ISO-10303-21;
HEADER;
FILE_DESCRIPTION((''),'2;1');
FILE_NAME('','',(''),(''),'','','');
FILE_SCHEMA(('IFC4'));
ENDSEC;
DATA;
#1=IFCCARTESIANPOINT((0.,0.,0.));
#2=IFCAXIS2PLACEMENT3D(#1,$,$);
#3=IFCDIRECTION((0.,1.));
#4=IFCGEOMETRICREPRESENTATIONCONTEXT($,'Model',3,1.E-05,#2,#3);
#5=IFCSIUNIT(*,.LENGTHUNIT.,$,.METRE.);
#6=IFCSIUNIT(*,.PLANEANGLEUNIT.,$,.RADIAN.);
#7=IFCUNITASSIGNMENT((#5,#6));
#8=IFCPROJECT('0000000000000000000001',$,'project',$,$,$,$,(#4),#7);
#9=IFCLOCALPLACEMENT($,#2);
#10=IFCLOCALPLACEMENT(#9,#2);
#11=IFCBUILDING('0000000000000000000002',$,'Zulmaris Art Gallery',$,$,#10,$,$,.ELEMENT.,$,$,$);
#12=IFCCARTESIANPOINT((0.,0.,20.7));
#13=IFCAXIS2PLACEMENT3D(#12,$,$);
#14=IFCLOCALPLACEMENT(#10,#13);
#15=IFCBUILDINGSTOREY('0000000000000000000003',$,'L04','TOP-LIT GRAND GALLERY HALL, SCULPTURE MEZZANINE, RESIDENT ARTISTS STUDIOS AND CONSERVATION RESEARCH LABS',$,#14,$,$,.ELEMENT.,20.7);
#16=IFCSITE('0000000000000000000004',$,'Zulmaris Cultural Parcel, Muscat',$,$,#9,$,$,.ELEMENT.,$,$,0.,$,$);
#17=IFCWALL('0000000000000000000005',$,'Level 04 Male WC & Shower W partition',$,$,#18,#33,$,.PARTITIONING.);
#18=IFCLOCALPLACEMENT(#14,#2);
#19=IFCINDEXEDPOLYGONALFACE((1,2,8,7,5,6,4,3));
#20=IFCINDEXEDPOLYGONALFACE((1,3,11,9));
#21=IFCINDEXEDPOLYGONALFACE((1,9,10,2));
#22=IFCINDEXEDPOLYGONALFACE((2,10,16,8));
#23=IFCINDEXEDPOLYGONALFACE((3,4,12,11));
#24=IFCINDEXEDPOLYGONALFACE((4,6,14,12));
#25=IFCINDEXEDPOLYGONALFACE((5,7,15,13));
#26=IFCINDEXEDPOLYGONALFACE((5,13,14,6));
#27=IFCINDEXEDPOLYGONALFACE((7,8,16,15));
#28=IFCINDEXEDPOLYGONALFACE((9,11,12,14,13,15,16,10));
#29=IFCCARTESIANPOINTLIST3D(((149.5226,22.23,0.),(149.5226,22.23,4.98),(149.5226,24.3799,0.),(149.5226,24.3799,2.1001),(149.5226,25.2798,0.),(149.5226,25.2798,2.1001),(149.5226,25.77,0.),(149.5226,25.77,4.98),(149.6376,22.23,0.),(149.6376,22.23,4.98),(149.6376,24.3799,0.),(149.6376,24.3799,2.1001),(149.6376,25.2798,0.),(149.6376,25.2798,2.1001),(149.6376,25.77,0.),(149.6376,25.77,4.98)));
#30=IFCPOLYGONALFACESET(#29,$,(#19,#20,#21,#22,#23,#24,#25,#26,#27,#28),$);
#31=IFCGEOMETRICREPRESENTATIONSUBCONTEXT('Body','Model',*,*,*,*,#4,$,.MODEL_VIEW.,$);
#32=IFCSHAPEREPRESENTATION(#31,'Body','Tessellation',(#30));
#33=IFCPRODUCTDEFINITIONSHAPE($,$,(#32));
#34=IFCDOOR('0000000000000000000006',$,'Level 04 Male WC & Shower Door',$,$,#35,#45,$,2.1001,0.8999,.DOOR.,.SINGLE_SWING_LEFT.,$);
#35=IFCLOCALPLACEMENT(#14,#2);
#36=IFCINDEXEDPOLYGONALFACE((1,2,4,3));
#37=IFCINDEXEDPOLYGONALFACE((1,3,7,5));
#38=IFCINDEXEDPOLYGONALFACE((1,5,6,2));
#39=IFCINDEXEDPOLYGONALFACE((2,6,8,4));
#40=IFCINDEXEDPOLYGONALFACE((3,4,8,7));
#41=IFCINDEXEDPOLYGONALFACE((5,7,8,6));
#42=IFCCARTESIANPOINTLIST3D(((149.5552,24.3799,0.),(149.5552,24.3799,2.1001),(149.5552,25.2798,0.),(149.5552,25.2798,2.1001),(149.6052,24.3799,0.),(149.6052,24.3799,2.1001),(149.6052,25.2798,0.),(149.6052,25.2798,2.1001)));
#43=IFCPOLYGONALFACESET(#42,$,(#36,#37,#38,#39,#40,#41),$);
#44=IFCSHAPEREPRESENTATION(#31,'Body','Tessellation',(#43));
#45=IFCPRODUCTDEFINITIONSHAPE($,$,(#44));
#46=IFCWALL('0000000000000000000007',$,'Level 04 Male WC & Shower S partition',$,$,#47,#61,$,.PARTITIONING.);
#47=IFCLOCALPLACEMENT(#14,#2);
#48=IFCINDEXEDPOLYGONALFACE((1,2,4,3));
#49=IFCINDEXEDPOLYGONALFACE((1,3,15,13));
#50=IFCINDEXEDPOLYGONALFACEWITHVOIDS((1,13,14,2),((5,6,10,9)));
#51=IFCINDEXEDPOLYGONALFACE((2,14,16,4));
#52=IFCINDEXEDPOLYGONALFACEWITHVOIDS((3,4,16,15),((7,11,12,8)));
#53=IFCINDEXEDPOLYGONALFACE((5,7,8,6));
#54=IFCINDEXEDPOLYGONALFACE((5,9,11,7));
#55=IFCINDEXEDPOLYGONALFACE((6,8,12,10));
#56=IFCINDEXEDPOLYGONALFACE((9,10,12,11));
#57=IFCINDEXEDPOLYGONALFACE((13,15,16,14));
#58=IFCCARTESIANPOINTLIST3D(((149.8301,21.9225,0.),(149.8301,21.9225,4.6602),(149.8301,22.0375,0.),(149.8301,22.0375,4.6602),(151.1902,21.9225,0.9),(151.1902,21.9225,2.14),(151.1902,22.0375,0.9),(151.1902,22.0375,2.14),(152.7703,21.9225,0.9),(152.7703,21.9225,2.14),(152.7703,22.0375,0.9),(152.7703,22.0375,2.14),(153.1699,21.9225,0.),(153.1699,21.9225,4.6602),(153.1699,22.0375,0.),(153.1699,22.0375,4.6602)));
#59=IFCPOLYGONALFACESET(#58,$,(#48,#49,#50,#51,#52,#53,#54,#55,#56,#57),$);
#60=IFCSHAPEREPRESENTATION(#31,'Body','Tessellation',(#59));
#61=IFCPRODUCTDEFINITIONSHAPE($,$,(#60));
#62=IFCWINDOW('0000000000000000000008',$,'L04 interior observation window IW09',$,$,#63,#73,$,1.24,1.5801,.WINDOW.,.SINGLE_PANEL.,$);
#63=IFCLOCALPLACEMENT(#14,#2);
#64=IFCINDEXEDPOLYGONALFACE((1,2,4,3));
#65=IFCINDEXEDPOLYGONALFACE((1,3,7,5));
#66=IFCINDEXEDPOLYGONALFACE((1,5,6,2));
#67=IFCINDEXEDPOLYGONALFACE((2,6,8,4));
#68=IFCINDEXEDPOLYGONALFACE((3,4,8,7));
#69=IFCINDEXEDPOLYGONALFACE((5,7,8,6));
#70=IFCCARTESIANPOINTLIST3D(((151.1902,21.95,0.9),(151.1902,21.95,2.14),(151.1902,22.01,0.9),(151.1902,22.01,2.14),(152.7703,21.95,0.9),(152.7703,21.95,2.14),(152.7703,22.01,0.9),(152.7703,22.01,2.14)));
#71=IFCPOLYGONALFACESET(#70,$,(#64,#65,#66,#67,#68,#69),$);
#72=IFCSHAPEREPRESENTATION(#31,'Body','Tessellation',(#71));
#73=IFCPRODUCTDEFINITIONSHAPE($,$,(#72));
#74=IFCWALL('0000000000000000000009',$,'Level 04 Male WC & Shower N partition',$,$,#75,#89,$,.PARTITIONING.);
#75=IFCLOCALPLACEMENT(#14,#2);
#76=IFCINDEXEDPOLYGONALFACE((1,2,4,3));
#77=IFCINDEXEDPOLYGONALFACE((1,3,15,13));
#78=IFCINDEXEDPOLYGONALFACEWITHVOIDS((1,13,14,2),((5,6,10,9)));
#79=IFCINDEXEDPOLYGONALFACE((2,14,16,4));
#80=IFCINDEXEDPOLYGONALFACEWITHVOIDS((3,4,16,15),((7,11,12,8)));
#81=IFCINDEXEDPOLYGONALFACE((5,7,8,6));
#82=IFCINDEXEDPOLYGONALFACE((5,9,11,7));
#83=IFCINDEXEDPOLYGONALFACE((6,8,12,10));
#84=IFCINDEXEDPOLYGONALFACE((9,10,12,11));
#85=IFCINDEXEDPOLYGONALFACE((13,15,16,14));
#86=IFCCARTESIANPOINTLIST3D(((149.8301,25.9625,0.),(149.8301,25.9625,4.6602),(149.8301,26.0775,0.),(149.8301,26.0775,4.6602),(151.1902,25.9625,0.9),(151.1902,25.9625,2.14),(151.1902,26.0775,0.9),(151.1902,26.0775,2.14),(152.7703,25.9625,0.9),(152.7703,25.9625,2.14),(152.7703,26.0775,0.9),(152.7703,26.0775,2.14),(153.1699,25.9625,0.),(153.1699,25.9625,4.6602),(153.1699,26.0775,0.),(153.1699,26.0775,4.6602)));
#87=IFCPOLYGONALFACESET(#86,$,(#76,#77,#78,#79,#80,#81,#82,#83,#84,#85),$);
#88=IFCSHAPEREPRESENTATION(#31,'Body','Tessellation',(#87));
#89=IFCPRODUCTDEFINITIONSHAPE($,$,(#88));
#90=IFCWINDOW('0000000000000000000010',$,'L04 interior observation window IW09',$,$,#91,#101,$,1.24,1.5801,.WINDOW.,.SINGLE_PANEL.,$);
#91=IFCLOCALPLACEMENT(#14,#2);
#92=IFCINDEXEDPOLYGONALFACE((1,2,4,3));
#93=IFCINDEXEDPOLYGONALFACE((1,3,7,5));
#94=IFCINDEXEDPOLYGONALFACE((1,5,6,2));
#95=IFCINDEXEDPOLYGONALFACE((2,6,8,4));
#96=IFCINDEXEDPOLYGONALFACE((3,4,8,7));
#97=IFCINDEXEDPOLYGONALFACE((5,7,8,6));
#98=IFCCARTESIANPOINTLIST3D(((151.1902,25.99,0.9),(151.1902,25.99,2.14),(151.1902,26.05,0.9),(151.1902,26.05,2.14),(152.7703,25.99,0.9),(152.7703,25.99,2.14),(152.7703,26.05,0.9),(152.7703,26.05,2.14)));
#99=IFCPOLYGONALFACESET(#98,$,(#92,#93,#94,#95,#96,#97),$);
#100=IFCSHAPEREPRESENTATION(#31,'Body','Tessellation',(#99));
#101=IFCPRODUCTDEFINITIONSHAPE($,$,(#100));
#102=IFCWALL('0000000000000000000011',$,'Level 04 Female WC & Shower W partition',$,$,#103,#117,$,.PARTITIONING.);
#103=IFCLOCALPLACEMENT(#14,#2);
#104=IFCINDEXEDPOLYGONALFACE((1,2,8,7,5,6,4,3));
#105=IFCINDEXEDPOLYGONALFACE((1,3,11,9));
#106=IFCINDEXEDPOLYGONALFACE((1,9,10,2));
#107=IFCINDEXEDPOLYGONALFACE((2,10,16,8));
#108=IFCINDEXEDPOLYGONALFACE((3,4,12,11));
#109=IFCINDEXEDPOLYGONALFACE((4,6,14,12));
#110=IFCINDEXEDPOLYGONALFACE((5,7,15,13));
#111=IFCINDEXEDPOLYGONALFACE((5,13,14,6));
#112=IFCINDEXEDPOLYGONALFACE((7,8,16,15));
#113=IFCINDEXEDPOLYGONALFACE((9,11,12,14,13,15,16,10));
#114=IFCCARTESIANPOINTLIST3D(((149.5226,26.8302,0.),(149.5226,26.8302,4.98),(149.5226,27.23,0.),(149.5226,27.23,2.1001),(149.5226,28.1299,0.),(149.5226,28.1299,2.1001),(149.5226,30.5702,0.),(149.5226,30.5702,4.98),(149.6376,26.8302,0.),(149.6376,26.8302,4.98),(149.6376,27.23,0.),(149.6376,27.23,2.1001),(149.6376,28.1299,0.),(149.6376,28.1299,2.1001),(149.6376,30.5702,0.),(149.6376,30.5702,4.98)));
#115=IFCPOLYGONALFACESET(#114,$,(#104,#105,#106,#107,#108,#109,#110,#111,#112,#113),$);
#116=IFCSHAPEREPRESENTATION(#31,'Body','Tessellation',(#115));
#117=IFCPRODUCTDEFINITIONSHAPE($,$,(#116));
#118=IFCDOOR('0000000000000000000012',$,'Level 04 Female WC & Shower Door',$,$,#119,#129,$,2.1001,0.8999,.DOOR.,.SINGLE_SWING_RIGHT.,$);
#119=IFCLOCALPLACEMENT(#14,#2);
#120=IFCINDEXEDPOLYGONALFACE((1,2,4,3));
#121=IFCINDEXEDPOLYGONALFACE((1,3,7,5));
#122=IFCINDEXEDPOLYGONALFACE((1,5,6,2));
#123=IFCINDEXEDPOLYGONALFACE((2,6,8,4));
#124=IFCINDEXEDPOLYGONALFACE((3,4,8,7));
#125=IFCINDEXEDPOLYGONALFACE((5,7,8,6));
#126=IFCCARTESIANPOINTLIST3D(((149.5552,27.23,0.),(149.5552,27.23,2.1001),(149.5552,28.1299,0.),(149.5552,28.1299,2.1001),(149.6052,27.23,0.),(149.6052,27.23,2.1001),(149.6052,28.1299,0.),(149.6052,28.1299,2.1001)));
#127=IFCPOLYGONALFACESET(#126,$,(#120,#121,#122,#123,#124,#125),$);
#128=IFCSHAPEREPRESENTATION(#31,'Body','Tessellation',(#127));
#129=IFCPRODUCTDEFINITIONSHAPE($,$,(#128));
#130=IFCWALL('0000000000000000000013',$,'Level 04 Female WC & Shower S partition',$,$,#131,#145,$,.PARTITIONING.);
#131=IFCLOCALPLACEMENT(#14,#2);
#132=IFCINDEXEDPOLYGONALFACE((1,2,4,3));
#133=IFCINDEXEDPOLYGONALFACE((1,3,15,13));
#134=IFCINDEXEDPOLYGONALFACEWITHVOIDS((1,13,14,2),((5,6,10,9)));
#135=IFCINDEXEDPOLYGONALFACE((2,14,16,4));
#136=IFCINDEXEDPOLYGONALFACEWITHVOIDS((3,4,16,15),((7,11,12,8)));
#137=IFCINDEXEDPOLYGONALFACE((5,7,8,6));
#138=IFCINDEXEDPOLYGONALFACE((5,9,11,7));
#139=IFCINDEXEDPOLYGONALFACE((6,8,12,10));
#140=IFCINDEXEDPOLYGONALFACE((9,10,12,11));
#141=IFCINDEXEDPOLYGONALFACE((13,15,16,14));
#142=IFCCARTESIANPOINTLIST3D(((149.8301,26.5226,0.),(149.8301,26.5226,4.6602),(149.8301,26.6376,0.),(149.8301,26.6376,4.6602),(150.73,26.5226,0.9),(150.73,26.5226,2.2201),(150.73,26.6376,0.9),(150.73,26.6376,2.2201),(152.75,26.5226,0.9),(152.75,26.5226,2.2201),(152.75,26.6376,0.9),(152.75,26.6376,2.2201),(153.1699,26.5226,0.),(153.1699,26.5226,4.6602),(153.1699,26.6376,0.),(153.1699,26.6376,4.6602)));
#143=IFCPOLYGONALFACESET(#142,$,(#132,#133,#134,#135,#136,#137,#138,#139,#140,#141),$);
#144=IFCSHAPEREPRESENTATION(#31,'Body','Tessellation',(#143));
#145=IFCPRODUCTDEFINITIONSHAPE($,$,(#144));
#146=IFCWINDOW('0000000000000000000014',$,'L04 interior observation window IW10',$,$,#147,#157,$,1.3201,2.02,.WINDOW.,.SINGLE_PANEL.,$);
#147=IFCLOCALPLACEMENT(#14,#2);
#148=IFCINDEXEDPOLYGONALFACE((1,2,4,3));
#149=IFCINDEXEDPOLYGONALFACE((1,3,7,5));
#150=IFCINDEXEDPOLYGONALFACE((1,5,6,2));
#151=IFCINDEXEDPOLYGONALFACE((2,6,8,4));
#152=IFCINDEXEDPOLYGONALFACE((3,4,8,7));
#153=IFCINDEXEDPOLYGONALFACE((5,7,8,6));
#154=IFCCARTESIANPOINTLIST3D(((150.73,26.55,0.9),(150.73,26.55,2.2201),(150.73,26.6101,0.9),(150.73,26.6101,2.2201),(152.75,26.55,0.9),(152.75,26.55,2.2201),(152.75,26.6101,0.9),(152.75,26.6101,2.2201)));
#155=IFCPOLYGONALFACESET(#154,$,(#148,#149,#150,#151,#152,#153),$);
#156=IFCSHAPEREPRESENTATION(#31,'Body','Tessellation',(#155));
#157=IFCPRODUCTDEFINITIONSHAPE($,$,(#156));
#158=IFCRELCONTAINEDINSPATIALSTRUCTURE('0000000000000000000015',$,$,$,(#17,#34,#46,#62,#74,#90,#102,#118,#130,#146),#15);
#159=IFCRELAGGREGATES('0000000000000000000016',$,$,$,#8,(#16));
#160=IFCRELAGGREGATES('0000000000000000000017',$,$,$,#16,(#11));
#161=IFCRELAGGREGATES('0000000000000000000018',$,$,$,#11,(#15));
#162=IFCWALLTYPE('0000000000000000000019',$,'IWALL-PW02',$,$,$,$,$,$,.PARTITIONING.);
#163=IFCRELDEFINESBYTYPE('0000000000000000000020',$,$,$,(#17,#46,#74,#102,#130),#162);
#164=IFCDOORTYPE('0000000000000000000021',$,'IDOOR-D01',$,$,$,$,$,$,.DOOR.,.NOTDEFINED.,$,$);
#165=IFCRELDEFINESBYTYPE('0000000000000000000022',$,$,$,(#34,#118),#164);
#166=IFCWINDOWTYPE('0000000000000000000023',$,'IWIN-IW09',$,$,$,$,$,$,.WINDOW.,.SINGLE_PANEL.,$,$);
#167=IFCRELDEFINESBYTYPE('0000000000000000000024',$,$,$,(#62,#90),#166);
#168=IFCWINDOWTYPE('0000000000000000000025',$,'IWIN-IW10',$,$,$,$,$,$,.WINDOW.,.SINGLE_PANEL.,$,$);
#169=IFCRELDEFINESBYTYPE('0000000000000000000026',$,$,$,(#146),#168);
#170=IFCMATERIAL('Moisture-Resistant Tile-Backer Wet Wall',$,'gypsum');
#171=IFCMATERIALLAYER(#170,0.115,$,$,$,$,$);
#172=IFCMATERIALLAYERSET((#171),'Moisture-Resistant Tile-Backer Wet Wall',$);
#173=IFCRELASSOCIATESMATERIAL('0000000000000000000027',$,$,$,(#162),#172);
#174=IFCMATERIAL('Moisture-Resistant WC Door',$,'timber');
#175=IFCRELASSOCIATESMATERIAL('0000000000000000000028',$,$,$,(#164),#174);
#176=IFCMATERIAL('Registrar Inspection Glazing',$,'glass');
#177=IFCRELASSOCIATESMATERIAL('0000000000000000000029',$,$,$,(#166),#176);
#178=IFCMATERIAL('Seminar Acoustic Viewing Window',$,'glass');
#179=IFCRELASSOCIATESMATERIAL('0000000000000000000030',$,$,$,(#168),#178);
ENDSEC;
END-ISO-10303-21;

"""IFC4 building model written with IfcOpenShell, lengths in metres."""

from ifc_helpers import new_model, si_unit, direction, frame, frame_2d, origin, place, context, subcontext, project, spatial, rectangle, extrude, material, layer, layer_set, type_object, element, fill, save


model = new_model("IFC4")

# Units and contexts
model_context = context("Model", 3, precision=1e-05, world=origin(), true_north=direction((0.0, 1.0)))
body_context = subcontext(model_context, "Body", "Model", "MODEL_VIEW")
ifc_project = project(units=[si_unit("LENGTHUNIT", "METRE"), si_unit("PLANEANGLEUNIT", "RADIAN")], contexts=[model_context])

# Site, building, storey
site_placement = place(None, origin())
site = spatial("IfcSite", under=ifc_project, at=site_placement, Name="Zulmaris Cultural Parcel, Muscat", CompositionType="ELEMENT", RefElevation=0.0)
building_placement = place(site_placement, origin())
building = spatial("IfcBuilding", under=site, at=building_placement, Name="Zulmaris Art Gallery", CompositionType="ELEMENT")
storey_placement = place(building_placement, frame((0.0, 0.0, 20.7)))
storey = spatial("IfcBuildingStorey", under=building, at=storey_placement, Name="L04", Description="TOP-LIT GRAND GALLERY HALL, SCULPTURE MEZZANINE, RESIDENT ARTISTS STUDIOS AND CONSERVATION RESEARCH LABS", CompositionType="ELEMENT", Elevation=20.7)

# Wall, opening, door
ifc_material_1 = material(Name="Moisture-Resistant Tile-Backer Wet Wall", Category="gypsum")
ifc_layer = layer(ifc_material_1, 0.115)
ifc_layer_set = layer_set([ifc_layer], Name="Moisture-Resistant Tile-Backer Wet Wall")
wall_type = type_object("IfcWallType", Name="IWALL-PW02", PredefinedType="PARTITIONING", material=ifc_layer_set)
wall_1_placement = place(storey_placement, frame((149.5801, 22.23, 0.0), z_axis=(0.0, 0.0, 1.0), x_axis=(0.0, 1.0, 0.0)))
wall_1 = element("IfcWall", 1, at=wall_1_placement, inside=storey, type_object=wall_type, Name="Level 04 Male WC & Shower W partition", PredefinedType="PARTITIONING", context=body_context, shape_type="SweptSolid", body=[
    extrude(rectangle(XDim=3.54, YDim=0.115, at=frame_2d((1.77, 0.0))), origin(), (0.0, 0.0, 1.0), 4.98),
])
opening_1_placement = place(wall_1_placement, frame((2.1499, 0.0, 0.0)))
opening_1 = element("IfcOpeningElement", 2, at=opening_1_placement, cuts=wall_1, PredefinedType="OPENING", context=body_context, shape_type="SweptSolid", body=[
    extrude(rectangle(XDim=0.8999, YDim=2.1001, at=frame_2d((0.45, 1.05))), frame((0.0, 0.0674, 0.0), z_axis=(0.0, -1.0, 0.0), x_axis=(1.0, 0.0, 0.0)), (0.0, 0.0, 1.0), 0.135),
])
ifc_material_2 = material(Name="Moisture-Resistant WC Door", Category="timber")
door_type = type_object("IfcDoorType", Name="IDOOR-D01", OperationType="NOTDEFINED", PredefinedType="DOOR", material=ifc_material_2)
door_1_placement = place(opening_1_placement, origin())
door_1 = element("IfcDoor", 3, at=door_1_placement, inside=storey, type_object=door_type, Name="Level 04 Male WC & Shower Door", OperationType="SINGLE_SWING_LEFT", OverallHeight=2.1001, OverallWidth=0.8999, PredefinedType="DOOR", context=body_context, shape_type="SweptSolid", body=[
    extrude(rectangle(XDim=0.8999, YDim=2.1001, at=frame_2d((0.45, 1.05))), frame((0.0, 0.0249, 0.0), z_axis=(0.0, -1.0, 0.0), x_axis=(1.0, 0.0, 0.0)), (0.0, 0.0, 1.0), 0.05),
])
fill(opening_1, door_1)

# Walls, openings, windows
wall_2_placement = place(storey_placement, frame((149.8301, 21.98, 0.0), z_axis=(0.0, 0.0, 1.0), x_axis=(1.0, 0.0, 0.0)))
wall_2 = element("IfcWall", 4, at=wall_2_placement, inside=storey, type_object=wall_type, Name="Level 04 Male WC & Shower S partition", PredefinedType="PARTITIONING", context=body_context, shape_type="SweptSolid", body=[
    extrude(rectangle(XDim=3.3398, YDim=0.115, at=frame_2d((1.6699, 0.0))), origin(), (0.0, 0.0, 1.0), 4.6602),
])
opening_2_placement = place(wall_2_placement, frame((1.3601, 0.0, 0.8999)))
opening_2 = element("IfcOpeningElement", 5, at=opening_2_placement, cuts=wall_2, PredefinedType="OPENING", context=body_context, shape_type="SweptSolid", body=[
    extrude(rectangle(XDim=1.5801, YDim=1.24, at=frame_2d((0.79, 0.6201))), frame((0.0, 0.0674, 0.0), z_axis=(0.0, -1.0, 0.0), x_axis=(1.0, 0.0, 0.0)), (0.0, 0.0, 1.0), 0.135),
])
ifc_material_3 = material(Name="Registrar Inspection Glazing", Category="glass")
window_type_1 = type_object("IfcWindowType", Name="IWIN-IW09", PartitioningType="SINGLE_PANEL", PredefinedType="WINDOW", material=ifc_material_3)
window_1_placement = place(opening_2_placement, origin())
window_1 = element("IfcWindow", 6, at=window_1_placement, inside=storey, type_object=window_type_1, Name="L04 interior observation window IW09", OverallHeight=1.24, OverallWidth=1.5801, PartitioningType="SINGLE_PANEL", PredefinedType="WINDOW", context=body_context, shape_type="SweptSolid", body=[
    extrude(rectangle(XDim=1.5801, YDim=1.24, at=frame_2d((0.79, 0.6201))), frame((0.0, 0.03, 0.0), z_axis=(0.0, -1.0, 0.0), x_axis=(1.0, 0.0, 0.0)), (0.0, 0.0, 1.0), 0.0601),
])
fill(opening_2, window_1)
wall_3_placement = place(storey_placement, frame((149.8301, 26.02, 0.0), z_axis=(0.0, 0.0, 1.0), x_axis=(1.0, 0.0, 0.0)))
wall_3 = element("IfcWall", 7, at=wall_3_placement, inside=storey, type_object=wall_type, Name="Level 04 Male WC & Shower N partition", PredefinedType="PARTITIONING", context=body_context, shape_type="SweptSolid", body=[
    extrude(rectangle(XDim=3.3398, YDim=0.115, at=frame_2d((1.6699, 0.0))), origin(), (0.0, 0.0, 1.0), 4.6602),
])
opening_3_placement = place(wall_3_placement, frame((1.3601, 0.0, 0.8999)))
opening_3 = element("IfcOpeningElement", 8, at=opening_3_placement, cuts=wall_3, PredefinedType="OPENING", context=body_context, shape_type="SweptSolid", body=[
    extrude(rectangle(XDim=1.5801, YDim=1.24, at=frame_2d((0.79, 0.6201))), frame((0.0, 0.0674, 0.0), z_axis=(0.0, -1.0, 0.0), x_axis=(1.0, 0.0, 0.0)), (0.0, 0.0, 1.0), 0.135),
])
window_2_placement = place(opening_3_placement, origin())
window_2 = element("IfcWindow", 9, at=window_2_placement, inside=storey, type_object=window_type_1, Name="L04 interior observation window IW09", OverallHeight=1.24, OverallWidth=1.5801, PartitioningType="SINGLE_PANEL", PredefinedType="WINDOW", context=body_context, shape_type="SweptSolid", body=[
    extrude(rectangle(XDim=1.5801, YDim=1.24, at=frame_2d((0.79, 0.6201))), frame((0.0, 0.03, 0.0), z_axis=(0.0, -1.0, 0.0), x_axis=(1.0, 0.0, 0.0)), (0.0, 0.0, 1.0), 0.0601),
])
fill(opening_3, window_2)

# Wall, opening, door
wall_4_placement = place(storey_placement, frame((149.5801, 26.8301, 0.0), z_axis=(0.0, 0.0, 1.0), x_axis=(0.0, 1.0, 0.0)))
wall_4 = element("IfcWall", 10, at=wall_4_placement, inside=storey, type_object=wall_type, Name="Level 04 Female WC & Shower W partition", PredefinedType="PARTITIONING", context=body_context, shape_type="SweptSolid", body=[
    extrude(rectangle(XDim=3.74, YDim=0.115, at=frame_2d((1.8701, 0.0))), origin(), (0.0, 0.0, 1.0), 4.98),
])
opening_4_placement = place(wall_4_placement, frame((0.3999, 0.0, 0.0)))
opening_4 = element("IfcOpeningElement", 11, at=opening_4_placement, cuts=wall_4, PredefinedType="OPENING", context=body_context, shape_type="SweptSolid", body=[
    extrude(rectangle(XDim=0.8999, YDim=2.1001, at=frame_2d((0.45, 1.05))), frame((0.0, 0.0674, 0.0), z_axis=(0.0, -1.0, 0.0), x_axis=(1.0, 0.0, 0.0)), (0.0, 0.0, 1.0), 0.135),
])
door_2_placement = place(opening_4_placement, origin())
door_2 = element("IfcDoor", 12, at=door_2_placement, inside=storey, type_object=door_type, Name="Level 04 Female WC & Shower Door", OperationType="SINGLE_SWING_RIGHT", OverallHeight=2.1001, OverallWidth=0.8999, PredefinedType="DOOR", context=body_context, shape_type="SweptSolid", body=[
    extrude(rectangle(XDim=0.8999, YDim=2.1001, at=frame_2d((0.45, 1.05))), frame((0.0, 0.0249, 0.0), z_axis=(0.0, -1.0, 0.0), x_axis=(1.0, 0.0, 0.0)), (0.0, 0.0, 1.0), 0.05),
])
fill(opening_4, door_2)

# Wall, opening, window
wall_5_placement = place(storey_placement, frame((149.8301, 26.5801, 0.0), z_axis=(0.0, 0.0, 1.0), x_axis=(1.0, 0.0, 0.0)))
wall_5 = element("IfcWall", 13, at=wall_5_placement, inside=storey, type_object=wall_type, Name="Level 04 Female WC & Shower S partition", PredefinedType="PARTITIONING", context=body_context, shape_type="SweptSolid", body=[
    extrude(rectangle(XDim=3.3398, YDim=0.115, at=frame_2d((1.6699, 0.0))), origin(), (0.0, 0.0, 1.0), 4.6602),
])
opening_5_placement = place(wall_5_placement, frame((0.8999, 0.0, 0.8999)))
opening_5 = element("IfcOpeningElement", 14, at=opening_5_placement, cuts=wall_5, PredefinedType="OPENING", context=body_context, shape_type="SweptSolid", body=[
    extrude(rectangle(XDim=2.02, YDim=1.3201, at=frame_2d((1.01, 0.6602))), frame((0.0, 0.0674, 0.0), z_axis=(0.0, -1.0, 0.0), x_axis=(1.0, 0.0, 0.0)), (0.0, 0.0, 1.0), 0.135),
])
ifc_material_4 = material(Name="Seminar Acoustic Viewing Window", Category="glass")
window_type_2 = type_object("IfcWindowType", Name="IWIN-IW10", PartitioningType="SINGLE_PANEL", PredefinedType="WINDOW", material=ifc_material_4)
window_3_placement = place(opening_5_placement, origin())
window_3 = element("IfcWindow", 15, at=window_3_placement, inside=storey, type_object=window_type_2, Name="L04 interior observation window IW10", OverallHeight=1.3201, OverallWidth=2.02, PartitioningType="SINGLE_PANEL", PredefinedType="WINDOW", context=body_context, shape_type="SweptSolid", body=[
    extrude(rectangle(XDim=2.02, YDim=1.3201, at=frame_2d((1.01, 0.6602))), frame((0.0, 0.03, 0.0), z_axis=(0.0, -1.0, 0.0), x_axis=(1.0, 0.0, 0.0)), (0.0, 0.0, 1.0), 0.0601),
])
fill(opening_5, window_3)

save(model, "model.ifc")
